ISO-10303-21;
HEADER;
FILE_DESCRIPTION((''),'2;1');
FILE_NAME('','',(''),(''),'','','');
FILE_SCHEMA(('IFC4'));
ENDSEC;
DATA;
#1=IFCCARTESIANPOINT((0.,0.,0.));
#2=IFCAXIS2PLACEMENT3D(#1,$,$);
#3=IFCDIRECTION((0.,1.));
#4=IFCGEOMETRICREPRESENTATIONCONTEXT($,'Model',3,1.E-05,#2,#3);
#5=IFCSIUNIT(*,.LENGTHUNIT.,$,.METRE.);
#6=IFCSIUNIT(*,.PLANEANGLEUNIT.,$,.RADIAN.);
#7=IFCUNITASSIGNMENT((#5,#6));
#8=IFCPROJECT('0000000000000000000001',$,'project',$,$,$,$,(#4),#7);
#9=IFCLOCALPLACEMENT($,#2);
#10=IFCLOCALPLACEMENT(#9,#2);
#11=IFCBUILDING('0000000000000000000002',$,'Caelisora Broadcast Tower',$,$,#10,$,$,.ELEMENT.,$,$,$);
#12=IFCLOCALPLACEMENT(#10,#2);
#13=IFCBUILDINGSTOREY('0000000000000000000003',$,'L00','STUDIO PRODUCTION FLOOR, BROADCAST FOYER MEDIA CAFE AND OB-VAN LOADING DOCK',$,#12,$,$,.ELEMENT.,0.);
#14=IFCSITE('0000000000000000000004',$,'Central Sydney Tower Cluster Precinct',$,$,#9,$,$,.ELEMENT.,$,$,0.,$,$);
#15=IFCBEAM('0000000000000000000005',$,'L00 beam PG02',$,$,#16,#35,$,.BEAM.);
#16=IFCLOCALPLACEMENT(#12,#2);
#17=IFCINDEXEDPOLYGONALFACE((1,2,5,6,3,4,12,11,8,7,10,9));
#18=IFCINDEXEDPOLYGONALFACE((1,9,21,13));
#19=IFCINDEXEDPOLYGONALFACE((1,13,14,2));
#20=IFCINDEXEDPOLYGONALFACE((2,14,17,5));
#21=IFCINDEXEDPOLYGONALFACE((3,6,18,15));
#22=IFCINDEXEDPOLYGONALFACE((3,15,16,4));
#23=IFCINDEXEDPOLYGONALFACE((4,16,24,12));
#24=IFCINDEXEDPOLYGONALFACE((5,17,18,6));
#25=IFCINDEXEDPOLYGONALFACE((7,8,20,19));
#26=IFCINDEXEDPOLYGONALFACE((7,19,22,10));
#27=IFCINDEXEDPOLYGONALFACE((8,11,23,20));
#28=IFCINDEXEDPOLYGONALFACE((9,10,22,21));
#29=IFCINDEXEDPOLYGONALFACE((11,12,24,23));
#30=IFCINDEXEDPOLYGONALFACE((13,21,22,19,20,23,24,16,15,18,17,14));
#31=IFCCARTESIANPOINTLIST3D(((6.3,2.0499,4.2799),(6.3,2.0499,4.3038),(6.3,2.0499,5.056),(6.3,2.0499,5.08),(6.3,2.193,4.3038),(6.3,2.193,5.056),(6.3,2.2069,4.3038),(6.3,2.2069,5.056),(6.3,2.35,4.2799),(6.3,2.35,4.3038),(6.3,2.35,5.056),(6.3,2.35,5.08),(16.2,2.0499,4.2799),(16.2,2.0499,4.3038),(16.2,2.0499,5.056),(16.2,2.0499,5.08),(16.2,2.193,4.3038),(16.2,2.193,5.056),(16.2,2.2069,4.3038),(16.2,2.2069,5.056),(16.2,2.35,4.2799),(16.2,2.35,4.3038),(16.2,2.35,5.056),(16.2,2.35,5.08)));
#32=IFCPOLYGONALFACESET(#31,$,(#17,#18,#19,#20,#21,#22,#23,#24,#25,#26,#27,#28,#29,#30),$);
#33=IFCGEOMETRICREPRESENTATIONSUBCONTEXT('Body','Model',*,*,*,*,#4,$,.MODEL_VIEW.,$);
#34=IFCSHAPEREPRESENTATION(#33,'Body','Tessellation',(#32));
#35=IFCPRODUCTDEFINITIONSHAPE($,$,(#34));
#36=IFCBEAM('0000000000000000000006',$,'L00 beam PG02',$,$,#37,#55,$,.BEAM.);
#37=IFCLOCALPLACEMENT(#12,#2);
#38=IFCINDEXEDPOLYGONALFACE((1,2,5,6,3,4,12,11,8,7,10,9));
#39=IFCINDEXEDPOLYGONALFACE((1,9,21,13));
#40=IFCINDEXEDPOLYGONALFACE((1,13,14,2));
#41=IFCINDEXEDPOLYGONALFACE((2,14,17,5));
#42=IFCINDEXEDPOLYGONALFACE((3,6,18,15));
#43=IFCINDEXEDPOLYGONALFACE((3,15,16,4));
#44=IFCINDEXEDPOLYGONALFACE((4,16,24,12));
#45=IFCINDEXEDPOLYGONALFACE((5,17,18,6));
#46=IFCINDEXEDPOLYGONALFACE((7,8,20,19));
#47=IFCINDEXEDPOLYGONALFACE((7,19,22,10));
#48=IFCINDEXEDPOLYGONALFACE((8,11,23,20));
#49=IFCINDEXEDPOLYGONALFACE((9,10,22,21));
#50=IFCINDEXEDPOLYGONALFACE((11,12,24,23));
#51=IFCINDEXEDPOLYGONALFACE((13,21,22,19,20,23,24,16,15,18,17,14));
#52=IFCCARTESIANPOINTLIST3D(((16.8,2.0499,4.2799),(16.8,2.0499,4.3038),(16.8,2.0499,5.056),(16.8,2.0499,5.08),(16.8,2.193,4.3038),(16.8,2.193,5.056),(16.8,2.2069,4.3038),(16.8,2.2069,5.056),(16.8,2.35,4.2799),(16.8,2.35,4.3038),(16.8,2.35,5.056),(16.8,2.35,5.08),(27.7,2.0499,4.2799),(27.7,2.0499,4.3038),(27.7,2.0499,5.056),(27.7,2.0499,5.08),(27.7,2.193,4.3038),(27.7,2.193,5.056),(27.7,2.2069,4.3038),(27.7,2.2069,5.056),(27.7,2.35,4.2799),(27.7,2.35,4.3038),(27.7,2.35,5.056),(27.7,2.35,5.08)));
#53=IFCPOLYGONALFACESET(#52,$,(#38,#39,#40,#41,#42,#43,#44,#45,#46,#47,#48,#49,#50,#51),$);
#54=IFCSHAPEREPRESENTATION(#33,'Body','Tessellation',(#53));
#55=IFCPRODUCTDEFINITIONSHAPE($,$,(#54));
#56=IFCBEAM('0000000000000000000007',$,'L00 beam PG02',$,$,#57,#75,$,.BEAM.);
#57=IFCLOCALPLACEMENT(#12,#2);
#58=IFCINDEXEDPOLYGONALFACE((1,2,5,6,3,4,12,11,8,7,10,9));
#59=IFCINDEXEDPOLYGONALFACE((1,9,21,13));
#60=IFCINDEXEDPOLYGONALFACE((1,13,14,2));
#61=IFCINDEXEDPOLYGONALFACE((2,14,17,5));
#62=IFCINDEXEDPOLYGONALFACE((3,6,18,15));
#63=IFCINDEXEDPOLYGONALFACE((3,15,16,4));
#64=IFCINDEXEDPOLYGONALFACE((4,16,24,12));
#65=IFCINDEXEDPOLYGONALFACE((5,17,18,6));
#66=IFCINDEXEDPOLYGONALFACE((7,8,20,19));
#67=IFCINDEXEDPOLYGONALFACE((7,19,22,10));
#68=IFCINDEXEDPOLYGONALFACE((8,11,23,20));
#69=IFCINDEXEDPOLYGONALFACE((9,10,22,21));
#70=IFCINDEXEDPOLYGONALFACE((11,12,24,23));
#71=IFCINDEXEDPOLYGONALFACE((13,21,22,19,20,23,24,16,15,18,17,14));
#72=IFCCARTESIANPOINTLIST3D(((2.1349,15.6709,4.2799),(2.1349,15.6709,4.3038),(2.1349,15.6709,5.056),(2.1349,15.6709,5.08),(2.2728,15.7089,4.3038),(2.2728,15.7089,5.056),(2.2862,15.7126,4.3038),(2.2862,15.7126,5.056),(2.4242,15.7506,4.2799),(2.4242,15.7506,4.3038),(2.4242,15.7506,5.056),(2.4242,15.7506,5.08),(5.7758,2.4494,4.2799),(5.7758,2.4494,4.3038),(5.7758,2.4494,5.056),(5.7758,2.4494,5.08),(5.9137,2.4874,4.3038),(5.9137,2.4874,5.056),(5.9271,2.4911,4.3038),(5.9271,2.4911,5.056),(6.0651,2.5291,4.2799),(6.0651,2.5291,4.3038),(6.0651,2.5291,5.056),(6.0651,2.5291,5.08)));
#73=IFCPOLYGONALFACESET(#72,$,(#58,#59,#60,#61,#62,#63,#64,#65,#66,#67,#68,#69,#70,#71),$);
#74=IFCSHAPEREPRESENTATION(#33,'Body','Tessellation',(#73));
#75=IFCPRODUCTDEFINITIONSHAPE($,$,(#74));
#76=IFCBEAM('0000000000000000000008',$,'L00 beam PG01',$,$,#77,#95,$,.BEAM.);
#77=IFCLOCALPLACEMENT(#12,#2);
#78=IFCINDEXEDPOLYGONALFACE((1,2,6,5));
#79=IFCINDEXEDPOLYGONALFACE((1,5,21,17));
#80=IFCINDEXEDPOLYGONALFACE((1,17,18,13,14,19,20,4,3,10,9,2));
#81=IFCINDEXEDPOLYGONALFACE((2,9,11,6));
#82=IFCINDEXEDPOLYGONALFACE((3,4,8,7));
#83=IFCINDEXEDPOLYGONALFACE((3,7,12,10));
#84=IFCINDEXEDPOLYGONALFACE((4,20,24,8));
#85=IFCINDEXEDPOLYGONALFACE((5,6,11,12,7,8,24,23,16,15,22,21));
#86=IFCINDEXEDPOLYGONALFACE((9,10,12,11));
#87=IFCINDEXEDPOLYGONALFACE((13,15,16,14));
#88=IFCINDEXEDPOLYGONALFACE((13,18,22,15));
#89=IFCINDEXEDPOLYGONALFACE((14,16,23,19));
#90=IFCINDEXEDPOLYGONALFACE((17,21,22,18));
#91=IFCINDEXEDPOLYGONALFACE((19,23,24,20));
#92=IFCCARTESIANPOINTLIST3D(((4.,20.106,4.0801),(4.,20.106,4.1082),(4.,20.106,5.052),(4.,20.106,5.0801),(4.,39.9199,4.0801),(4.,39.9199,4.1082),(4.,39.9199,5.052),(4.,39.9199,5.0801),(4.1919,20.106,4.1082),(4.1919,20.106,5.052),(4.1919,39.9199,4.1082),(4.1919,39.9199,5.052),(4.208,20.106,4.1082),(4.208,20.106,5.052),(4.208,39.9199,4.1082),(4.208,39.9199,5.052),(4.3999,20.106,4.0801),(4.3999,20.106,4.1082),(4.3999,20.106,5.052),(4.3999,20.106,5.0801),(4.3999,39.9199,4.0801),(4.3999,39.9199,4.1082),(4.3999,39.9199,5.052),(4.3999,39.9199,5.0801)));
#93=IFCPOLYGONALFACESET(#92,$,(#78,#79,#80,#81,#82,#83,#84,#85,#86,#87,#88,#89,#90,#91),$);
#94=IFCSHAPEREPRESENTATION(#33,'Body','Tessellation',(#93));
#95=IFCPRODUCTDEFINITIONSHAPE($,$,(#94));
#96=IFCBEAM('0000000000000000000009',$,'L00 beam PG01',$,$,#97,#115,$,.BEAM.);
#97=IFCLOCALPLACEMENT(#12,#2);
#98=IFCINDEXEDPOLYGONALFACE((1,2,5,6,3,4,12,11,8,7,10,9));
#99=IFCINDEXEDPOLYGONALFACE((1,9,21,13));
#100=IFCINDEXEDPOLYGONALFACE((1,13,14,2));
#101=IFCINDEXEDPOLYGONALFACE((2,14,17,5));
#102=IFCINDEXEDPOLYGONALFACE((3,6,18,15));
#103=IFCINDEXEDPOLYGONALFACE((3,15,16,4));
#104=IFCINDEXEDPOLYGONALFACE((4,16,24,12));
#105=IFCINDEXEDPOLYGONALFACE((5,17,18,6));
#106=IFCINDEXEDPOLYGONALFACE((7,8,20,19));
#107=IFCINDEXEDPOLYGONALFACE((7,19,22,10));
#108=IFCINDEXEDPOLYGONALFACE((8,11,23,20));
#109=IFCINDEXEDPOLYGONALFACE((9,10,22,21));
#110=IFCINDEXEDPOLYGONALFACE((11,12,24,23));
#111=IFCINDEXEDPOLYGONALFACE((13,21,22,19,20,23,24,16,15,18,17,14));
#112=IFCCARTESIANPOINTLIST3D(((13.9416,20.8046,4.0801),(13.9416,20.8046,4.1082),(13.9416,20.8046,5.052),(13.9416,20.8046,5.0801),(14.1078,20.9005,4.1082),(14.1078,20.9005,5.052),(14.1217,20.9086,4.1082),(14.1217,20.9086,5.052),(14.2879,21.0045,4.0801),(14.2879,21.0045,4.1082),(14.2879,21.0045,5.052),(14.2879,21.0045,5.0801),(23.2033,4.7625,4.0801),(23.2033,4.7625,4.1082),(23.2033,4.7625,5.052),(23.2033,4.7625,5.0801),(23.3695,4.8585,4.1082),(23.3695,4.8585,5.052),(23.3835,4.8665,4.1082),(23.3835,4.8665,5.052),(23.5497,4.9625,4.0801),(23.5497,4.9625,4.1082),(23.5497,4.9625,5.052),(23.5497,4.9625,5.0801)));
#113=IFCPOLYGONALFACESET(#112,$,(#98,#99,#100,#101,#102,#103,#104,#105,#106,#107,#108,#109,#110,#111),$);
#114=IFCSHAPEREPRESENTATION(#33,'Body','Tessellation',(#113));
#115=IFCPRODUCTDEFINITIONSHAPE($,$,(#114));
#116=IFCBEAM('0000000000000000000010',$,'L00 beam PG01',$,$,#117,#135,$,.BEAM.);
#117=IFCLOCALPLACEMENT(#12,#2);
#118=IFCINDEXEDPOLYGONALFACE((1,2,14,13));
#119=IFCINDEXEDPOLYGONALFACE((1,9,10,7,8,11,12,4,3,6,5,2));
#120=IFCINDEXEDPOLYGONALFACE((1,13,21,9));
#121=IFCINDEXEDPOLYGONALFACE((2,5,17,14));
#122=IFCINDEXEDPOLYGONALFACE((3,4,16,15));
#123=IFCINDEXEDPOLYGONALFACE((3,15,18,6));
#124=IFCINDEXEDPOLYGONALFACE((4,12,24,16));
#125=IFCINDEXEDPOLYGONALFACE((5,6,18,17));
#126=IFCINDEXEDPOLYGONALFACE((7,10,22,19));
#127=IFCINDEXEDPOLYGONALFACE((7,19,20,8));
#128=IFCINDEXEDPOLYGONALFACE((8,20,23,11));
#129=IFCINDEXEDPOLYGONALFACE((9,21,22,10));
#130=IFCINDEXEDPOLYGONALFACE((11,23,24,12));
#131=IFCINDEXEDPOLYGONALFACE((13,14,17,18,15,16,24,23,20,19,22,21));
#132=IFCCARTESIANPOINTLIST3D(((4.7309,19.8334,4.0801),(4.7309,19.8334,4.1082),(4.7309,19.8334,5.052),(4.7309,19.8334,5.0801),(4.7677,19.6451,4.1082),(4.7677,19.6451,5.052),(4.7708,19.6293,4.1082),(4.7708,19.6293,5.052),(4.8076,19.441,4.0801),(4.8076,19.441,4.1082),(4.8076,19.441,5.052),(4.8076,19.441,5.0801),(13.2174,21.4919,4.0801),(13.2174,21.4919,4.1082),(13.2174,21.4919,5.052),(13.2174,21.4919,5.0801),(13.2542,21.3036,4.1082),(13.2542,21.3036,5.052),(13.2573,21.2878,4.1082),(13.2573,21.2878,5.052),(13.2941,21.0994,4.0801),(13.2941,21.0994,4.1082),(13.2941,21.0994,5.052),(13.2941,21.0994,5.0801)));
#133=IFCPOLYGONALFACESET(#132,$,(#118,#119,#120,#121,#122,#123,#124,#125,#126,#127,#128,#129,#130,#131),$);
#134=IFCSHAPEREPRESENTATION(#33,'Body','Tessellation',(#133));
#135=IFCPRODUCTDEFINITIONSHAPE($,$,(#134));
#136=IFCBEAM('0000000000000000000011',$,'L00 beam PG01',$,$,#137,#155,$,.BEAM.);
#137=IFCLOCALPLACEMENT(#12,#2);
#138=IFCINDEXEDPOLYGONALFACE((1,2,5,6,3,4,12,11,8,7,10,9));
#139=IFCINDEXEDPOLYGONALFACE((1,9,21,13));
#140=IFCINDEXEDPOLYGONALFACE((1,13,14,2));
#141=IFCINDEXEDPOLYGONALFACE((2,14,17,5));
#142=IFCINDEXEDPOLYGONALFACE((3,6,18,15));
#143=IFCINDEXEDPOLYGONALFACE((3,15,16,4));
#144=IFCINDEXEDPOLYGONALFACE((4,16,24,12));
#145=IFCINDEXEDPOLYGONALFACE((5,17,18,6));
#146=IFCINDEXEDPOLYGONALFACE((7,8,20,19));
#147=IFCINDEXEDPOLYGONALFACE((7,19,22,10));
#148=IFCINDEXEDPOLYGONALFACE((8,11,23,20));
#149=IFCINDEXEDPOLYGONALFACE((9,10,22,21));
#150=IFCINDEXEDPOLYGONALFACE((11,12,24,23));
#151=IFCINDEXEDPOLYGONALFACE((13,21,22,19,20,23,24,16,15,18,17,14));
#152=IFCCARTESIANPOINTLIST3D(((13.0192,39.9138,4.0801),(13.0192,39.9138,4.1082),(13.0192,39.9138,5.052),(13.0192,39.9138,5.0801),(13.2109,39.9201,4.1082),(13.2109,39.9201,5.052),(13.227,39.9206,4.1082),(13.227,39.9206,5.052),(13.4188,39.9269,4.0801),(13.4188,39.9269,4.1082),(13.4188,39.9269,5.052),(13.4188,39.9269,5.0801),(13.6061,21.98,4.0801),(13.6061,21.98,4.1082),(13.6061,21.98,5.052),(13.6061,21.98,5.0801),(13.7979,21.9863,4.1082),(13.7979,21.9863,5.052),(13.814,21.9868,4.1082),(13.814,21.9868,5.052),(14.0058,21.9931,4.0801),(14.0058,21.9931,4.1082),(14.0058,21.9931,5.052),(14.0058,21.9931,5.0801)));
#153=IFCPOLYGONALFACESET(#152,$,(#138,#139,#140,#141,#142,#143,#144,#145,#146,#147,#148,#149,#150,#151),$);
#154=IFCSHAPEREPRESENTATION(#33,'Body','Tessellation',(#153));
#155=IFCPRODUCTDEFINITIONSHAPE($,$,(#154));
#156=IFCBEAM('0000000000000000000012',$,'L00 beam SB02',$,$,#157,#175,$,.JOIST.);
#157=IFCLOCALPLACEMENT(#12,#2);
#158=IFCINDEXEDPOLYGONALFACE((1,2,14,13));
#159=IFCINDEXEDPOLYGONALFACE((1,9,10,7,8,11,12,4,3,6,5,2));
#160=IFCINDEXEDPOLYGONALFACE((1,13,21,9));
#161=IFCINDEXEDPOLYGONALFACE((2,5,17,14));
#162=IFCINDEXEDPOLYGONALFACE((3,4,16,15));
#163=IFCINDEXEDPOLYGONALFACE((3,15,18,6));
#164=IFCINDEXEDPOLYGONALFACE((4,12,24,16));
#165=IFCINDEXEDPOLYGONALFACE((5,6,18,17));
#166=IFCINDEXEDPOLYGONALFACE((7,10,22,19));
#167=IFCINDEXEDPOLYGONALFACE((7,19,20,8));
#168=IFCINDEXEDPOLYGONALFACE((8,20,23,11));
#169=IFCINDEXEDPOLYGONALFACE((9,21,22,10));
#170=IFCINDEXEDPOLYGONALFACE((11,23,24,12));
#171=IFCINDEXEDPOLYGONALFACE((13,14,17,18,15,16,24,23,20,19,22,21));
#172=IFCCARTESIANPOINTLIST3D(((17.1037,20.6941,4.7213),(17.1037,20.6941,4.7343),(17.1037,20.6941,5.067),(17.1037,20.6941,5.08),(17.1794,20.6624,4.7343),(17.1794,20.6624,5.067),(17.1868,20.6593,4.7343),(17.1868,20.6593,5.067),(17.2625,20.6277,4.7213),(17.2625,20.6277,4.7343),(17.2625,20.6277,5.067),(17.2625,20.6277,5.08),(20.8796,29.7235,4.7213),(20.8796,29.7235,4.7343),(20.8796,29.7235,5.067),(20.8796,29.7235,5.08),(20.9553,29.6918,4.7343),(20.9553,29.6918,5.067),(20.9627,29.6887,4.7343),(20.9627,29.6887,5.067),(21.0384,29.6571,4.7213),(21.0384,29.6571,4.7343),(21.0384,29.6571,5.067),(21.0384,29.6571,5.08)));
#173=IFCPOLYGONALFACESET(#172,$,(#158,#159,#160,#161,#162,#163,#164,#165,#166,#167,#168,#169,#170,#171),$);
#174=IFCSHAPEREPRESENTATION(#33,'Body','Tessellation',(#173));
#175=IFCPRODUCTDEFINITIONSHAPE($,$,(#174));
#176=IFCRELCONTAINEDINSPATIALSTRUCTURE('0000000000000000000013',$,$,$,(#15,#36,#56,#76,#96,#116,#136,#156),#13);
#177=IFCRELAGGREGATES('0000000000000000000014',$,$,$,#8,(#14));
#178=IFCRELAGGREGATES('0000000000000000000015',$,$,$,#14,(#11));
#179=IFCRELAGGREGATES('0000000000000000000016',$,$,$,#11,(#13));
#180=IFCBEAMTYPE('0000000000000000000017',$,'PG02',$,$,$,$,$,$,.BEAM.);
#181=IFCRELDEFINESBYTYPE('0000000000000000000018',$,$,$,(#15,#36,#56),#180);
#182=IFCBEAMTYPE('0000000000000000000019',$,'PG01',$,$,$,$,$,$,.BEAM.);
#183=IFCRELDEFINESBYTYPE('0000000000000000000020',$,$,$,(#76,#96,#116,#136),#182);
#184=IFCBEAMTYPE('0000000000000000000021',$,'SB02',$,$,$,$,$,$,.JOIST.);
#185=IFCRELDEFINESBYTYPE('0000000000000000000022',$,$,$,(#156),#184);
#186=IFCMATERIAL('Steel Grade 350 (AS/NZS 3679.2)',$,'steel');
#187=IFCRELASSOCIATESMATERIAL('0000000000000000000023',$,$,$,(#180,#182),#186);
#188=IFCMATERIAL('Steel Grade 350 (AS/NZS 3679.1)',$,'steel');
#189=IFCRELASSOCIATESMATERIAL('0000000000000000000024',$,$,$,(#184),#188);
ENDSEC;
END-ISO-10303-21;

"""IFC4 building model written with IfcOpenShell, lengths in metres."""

from ifc_helpers import new_model, si_unit, direction, frame, origin, origin_2d, place, context, subcontext, project, spatial, i_section, extrude, source, transform, mapped, material, material_profile, profile_set, type_object, type_shapes, element, save


model = new_model("IFC4")

# Units and contexts
model_context = context("Model", 3, precision=1e-05, world=origin(), true_north=direction((0.0, 1.0)))
body_context = subcontext(model_context, "Body", "Model", "MODEL_VIEW")
ifc_project = project(units=[si_unit("LENGTHUNIT", "METRE"), si_unit("PLANEANGLEUNIT", "RADIAN")], contexts=[model_context])

# Site, building, storey
site_placement = place(None, origin())
site = spatial("IfcSite", under=ifc_project, at=site_placement, Name="Central Sydney Tower Cluster Precinct", CompositionType="ELEMENT", RefElevation=0.0)
building_placement = place(site_placement, origin())
building = spatial("IfcBuilding", under=site, at=building_placement, Name="Caelisora Broadcast Tower", CompositionType="ELEMENT")
storey_placement = place(building_placement, origin())
storey = spatial("IfcBuildingStorey", under=building, at=storey_placement, Name="L00", Description="STUDIO PRODUCTION FLOOR, BROADCAST FOYER MEDIA CAFE AND OB-VAN LOADING DOCK", CompositionType="ELEMENT", Elevation=0.0)

# Beams
ifc_material_1 = material(Name="Steel Grade 350 (AS/NZS 3679.2)", Category="steel")
ifc_material_profile_1 = material_profile(ifc_material_1, i_section(OverallWidth=0.3, OverallDepth=0.8, WebThickness=0.0139, FlangeThickness=0.0239, at=origin_2d()), Name="Steel Grade 350 (AS/NZS 3679.2)")
ifc_profile_set_1 = profile_set([ifc_material_profile_1], Name="Steel Grade 350 (AS/NZS 3679.2)")
beam_type_1 = type_object("IfcBeamType", Name="PG02", PredefinedType="BEAM", material=ifc_profile_set_1)
shared_shape_1 = source(origin(), body_context, "Body", "SweptSolid", [
    extrude(i_section(OverallWidth=0.3, OverallDepth=0.8, WebThickness=0.0139, FlangeThickness=0.0239, at=origin_2d()), origin(), (0.0, 0.0, 1.0), 9.8999),
])
beam_1_placement = place(storey_placement, frame((6.3, 2.2, 4.6799), z_axis=(1.0, 0.0, 0.0), x_axis=(0.0, 1.0, 0.0)))
element("IfcBeam", 1, at=beam_1_placement, inside=storey, type_object=beam_type_1, Name="L00 beam PG02", PredefinedType="BEAM", context=body_context, shape_type="MappedRepresentation", body=[
    mapped(shared_shape_1, transform((0.0, 0.0, 0.0), scale=1.0)),
])
shared_shape_2 = source(origin(), body_context, "Body", "SweptSolid", [
    extrude(i_section(OverallWidth=0.3, OverallDepth=0.8, WebThickness=0.0139, FlangeThickness=0.0239, at=origin_2d()), origin(), (0.0, 0.0, 1.0), 10.8999),
])
beam_2_placement = place(storey_placement, frame((16.8, 2.2, 4.6799), z_axis=(1.0, 0.0, 0.0), x_axis=(0.0, 1.0, 0.0)))
element("IfcBeam", 2, at=beam_2_placement, inside=storey, type_object=beam_type_1, Name="L00 beam PG02", PredefinedType="BEAM", context=body_context, shape_type="MappedRepresentation", body=[
    mapped(shared_shape_2, transform((0.0, 0.0, 0.0), scale=1.0)),
])
shared_shape_3 = source(origin(), body_context, "Body", "SweptSolid", [
    extrude(i_section(OverallWidth=0.3, OverallDepth=0.8, WebThickness=0.0139, FlangeThickness=0.0239, at=origin_2d()), origin(), (0.0, 0.0, 1.0), 13.7136),
])
type_shapes(beam_type_1, [shared_shape_1, shared_shape_2, shared_shape_3])
beam_3_placement = place(storey_placement, frame((5.9204, 2.4893, 4.6799), z_axis=(-0.265494, 0.964113, 0.0), x_axis=(-0.964113, -0.265494, 0.0)))
element("IfcBeam", 3, at=beam_3_placement, inside=storey, type_object=beam_type_1, Name="L00 beam PG02", PredefinedType="BEAM", context=body_context, shape_type="MappedRepresentation", body=[
    mapped(shared_shape_3, transform((0.0, 0.0, 0.0), scale=1.0)),
])
ifc_material_profile_2 = material_profile(ifc_material_1, i_section(OverallWidth=0.3999, OverallDepth=1.0, WebThickness=0.0161, FlangeThickness=0.0281, at=origin_2d()), Name="Steel Grade 350 (AS/NZS 3679.2)")
ifc_profile_set_2 = profile_set([ifc_material_profile_2], Name="Steel Grade 350 (AS/NZS 3679.2)")
beam_type_2 = type_object("IfcBeamType", Name="PG01", PredefinedType="BEAM", material=ifc_profile_set_2)
shared_shape_4 = source(origin(), body_context, "Body", "SweptSolid", [
    extrude(i_section(OverallWidth=0.3999, OverallDepth=1.0, WebThickness=0.0161, FlangeThickness=0.0281, at=origin_2d()), origin(), (0.0, 0.0, 1.0), 19.814),
])
beam_4_placement = place(storey_placement, frame((4.2, 20.106, 4.5801), z_axis=(0.0, 1.0, 0.0), x_axis=(-1.0, 0.0, 0.0)))
element("IfcBeam", 4, at=beam_4_placement, inside=storey, type_object=beam_type_2, Name="L00 beam PG01", PredefinedType="BEAM", context=body_context, shape_type="MappedRepresentation", body=[
    mapped(shared_shape_4, transform((0.0, 0.0, 0.0), scale=1.0)),
])
shared_shape_5 = source(origin(), body_context, "Body", "SweptSolid", [
    extrude(i_section(OverallWidth=0.3999, OverallDepth=1.0, WebThickness=0.0161, FlangeThickness=0.0281, at=origin_2d()), origin(), (0.0, 0.0, 1.0), 18.5237),
])
beam_5_placement = place(storey_placement, frame((14.1147, 20.9045, 4.5801), z_axis=(0.499995, -0.866028, 0.0), x_axis=(0.866028, 0.499995, 0.0)))
element("IfcBeam", 5, at=beam_5_placement, inside=storey, type_object=beam_type_2, Name="L00 beam PG01", PredefinedType="BEAM", context=body_context, shape_type="MappedRepresentation", body=[
    mapped(shared_shape_5, transform((0.0, 0.0, 0.0), scale=1.0)),
])
shared_shape_6 = source(origin(), body_context, "Body", "SweptSolid", [
    extrude(i_section(OverallWidth=0.3999, OverallDepth=1.0, WebThickness=0.0161, FlangeThickness=0.0281, at=origin_2d()), origin(), (0.0, 0.0, 1.0), 8.647),
])
beam_6_placement = place(storey_placement, frame((4.7693, 19.6372, 4.5801), z_axis=(0.981435, 0.191798, 0.0), x_axis=(-0.191798, 0.981435, 0.0)))
element("IfcBeam", 6, at=beam_6_placement, inside=storey, type_object=beam_type_2, Name="L00 beam PG01", PredefinedType="BEAM", context=body_context, shape_type="MappedRepresentation", body=[
    mapped(shared_shape_6, transform((0.0, 0.0, 0.0), scale=1.0)),
])
shared_shape_7 = source(origin(), body_context, "Body", "SweptSolid", [
    extrude(i_section(OverallWidth=0.3999, OverallDepth=1.0, WebThickness=0.0161, FlangeThickness=0.0281, at=origin_2d()), origin(), (0.0, 0.0, 1.0), 17.9434),
])
type_shapes(beam_type_2, [shared_shape_4, shared_shape_5, shared_shape_6, shared_shape_7])
beam_7_placement = place(storey_placement, frame((13.8059, 21.9866, 4.5801), z_axis=(-0.032709, 0.999465, 0.0), x_axis=(-0.999465, -0.032709, 0.0)))
element("IfcBeam", 7, at=beam_7_placement, inside=storey, type_object=beam_type_2, Name="L00 beam PG01", PredefinedType="BEAM", context=body_context, shape_type="MappedRepresentation", body=[
    mapped(shared_shape_7, transform((0.0, 0.0, 0.0), scale=1.0)),
])
ifc_material_2 = material(Name="Steel Grade 350 (AS/NZS 3679.1)", Category="steel")
ifc_material_profile_3 = material_profile(ifc_material_2, i_section(OverallWidth=0.1721, OverallDepth=0.3586, WebThickness=0.0081, FlangeThickness=0.0129, at=origin_2d()), Name="Steel Grade 350 (AS/NZS 3679.1)")
ifc_profile_set_3 = profile_set([ifc_material_profile_3], Name="Steel Grade 350 (AS/NZS 3679.1)")
beam_type_3 = type_object("IfcBeamType", Name="SB02", PredefinedType="JOIST", material=ifc_profile_set_3)
shared_shape_8 = source(origin(), body_context, "Body", "SweptSolid", [
    extrude(i_section(OverallWidth=0.1721, OverallDepth=0.3586, WebThickness=0.0081, FlangeThickness=0.0129, at=origin_2d()), origin(), (0.0, 0.0, 1.0), 9.7871),
])
beam_8_placement = place(storey_placement, frame((17.1831, 20.6609, 4.9006), z_axis=(0.385805, 0.92258, 0.0), x_axis=(-0.92258, 0.385805, 0.0)))
element("IfcBeam", 8, at=beam_8_placement, inside=storey, type_object=beam_type_3, Name="L00 beam SB02", PredefinedType="JOIST", context=body_context, shape_type="MappedRepresentation", body=[
    mapped(shared_shape_8, transform((0.0, 0.0, 0.0), scale=1.0)),
])

save(model, "model.ifc")
